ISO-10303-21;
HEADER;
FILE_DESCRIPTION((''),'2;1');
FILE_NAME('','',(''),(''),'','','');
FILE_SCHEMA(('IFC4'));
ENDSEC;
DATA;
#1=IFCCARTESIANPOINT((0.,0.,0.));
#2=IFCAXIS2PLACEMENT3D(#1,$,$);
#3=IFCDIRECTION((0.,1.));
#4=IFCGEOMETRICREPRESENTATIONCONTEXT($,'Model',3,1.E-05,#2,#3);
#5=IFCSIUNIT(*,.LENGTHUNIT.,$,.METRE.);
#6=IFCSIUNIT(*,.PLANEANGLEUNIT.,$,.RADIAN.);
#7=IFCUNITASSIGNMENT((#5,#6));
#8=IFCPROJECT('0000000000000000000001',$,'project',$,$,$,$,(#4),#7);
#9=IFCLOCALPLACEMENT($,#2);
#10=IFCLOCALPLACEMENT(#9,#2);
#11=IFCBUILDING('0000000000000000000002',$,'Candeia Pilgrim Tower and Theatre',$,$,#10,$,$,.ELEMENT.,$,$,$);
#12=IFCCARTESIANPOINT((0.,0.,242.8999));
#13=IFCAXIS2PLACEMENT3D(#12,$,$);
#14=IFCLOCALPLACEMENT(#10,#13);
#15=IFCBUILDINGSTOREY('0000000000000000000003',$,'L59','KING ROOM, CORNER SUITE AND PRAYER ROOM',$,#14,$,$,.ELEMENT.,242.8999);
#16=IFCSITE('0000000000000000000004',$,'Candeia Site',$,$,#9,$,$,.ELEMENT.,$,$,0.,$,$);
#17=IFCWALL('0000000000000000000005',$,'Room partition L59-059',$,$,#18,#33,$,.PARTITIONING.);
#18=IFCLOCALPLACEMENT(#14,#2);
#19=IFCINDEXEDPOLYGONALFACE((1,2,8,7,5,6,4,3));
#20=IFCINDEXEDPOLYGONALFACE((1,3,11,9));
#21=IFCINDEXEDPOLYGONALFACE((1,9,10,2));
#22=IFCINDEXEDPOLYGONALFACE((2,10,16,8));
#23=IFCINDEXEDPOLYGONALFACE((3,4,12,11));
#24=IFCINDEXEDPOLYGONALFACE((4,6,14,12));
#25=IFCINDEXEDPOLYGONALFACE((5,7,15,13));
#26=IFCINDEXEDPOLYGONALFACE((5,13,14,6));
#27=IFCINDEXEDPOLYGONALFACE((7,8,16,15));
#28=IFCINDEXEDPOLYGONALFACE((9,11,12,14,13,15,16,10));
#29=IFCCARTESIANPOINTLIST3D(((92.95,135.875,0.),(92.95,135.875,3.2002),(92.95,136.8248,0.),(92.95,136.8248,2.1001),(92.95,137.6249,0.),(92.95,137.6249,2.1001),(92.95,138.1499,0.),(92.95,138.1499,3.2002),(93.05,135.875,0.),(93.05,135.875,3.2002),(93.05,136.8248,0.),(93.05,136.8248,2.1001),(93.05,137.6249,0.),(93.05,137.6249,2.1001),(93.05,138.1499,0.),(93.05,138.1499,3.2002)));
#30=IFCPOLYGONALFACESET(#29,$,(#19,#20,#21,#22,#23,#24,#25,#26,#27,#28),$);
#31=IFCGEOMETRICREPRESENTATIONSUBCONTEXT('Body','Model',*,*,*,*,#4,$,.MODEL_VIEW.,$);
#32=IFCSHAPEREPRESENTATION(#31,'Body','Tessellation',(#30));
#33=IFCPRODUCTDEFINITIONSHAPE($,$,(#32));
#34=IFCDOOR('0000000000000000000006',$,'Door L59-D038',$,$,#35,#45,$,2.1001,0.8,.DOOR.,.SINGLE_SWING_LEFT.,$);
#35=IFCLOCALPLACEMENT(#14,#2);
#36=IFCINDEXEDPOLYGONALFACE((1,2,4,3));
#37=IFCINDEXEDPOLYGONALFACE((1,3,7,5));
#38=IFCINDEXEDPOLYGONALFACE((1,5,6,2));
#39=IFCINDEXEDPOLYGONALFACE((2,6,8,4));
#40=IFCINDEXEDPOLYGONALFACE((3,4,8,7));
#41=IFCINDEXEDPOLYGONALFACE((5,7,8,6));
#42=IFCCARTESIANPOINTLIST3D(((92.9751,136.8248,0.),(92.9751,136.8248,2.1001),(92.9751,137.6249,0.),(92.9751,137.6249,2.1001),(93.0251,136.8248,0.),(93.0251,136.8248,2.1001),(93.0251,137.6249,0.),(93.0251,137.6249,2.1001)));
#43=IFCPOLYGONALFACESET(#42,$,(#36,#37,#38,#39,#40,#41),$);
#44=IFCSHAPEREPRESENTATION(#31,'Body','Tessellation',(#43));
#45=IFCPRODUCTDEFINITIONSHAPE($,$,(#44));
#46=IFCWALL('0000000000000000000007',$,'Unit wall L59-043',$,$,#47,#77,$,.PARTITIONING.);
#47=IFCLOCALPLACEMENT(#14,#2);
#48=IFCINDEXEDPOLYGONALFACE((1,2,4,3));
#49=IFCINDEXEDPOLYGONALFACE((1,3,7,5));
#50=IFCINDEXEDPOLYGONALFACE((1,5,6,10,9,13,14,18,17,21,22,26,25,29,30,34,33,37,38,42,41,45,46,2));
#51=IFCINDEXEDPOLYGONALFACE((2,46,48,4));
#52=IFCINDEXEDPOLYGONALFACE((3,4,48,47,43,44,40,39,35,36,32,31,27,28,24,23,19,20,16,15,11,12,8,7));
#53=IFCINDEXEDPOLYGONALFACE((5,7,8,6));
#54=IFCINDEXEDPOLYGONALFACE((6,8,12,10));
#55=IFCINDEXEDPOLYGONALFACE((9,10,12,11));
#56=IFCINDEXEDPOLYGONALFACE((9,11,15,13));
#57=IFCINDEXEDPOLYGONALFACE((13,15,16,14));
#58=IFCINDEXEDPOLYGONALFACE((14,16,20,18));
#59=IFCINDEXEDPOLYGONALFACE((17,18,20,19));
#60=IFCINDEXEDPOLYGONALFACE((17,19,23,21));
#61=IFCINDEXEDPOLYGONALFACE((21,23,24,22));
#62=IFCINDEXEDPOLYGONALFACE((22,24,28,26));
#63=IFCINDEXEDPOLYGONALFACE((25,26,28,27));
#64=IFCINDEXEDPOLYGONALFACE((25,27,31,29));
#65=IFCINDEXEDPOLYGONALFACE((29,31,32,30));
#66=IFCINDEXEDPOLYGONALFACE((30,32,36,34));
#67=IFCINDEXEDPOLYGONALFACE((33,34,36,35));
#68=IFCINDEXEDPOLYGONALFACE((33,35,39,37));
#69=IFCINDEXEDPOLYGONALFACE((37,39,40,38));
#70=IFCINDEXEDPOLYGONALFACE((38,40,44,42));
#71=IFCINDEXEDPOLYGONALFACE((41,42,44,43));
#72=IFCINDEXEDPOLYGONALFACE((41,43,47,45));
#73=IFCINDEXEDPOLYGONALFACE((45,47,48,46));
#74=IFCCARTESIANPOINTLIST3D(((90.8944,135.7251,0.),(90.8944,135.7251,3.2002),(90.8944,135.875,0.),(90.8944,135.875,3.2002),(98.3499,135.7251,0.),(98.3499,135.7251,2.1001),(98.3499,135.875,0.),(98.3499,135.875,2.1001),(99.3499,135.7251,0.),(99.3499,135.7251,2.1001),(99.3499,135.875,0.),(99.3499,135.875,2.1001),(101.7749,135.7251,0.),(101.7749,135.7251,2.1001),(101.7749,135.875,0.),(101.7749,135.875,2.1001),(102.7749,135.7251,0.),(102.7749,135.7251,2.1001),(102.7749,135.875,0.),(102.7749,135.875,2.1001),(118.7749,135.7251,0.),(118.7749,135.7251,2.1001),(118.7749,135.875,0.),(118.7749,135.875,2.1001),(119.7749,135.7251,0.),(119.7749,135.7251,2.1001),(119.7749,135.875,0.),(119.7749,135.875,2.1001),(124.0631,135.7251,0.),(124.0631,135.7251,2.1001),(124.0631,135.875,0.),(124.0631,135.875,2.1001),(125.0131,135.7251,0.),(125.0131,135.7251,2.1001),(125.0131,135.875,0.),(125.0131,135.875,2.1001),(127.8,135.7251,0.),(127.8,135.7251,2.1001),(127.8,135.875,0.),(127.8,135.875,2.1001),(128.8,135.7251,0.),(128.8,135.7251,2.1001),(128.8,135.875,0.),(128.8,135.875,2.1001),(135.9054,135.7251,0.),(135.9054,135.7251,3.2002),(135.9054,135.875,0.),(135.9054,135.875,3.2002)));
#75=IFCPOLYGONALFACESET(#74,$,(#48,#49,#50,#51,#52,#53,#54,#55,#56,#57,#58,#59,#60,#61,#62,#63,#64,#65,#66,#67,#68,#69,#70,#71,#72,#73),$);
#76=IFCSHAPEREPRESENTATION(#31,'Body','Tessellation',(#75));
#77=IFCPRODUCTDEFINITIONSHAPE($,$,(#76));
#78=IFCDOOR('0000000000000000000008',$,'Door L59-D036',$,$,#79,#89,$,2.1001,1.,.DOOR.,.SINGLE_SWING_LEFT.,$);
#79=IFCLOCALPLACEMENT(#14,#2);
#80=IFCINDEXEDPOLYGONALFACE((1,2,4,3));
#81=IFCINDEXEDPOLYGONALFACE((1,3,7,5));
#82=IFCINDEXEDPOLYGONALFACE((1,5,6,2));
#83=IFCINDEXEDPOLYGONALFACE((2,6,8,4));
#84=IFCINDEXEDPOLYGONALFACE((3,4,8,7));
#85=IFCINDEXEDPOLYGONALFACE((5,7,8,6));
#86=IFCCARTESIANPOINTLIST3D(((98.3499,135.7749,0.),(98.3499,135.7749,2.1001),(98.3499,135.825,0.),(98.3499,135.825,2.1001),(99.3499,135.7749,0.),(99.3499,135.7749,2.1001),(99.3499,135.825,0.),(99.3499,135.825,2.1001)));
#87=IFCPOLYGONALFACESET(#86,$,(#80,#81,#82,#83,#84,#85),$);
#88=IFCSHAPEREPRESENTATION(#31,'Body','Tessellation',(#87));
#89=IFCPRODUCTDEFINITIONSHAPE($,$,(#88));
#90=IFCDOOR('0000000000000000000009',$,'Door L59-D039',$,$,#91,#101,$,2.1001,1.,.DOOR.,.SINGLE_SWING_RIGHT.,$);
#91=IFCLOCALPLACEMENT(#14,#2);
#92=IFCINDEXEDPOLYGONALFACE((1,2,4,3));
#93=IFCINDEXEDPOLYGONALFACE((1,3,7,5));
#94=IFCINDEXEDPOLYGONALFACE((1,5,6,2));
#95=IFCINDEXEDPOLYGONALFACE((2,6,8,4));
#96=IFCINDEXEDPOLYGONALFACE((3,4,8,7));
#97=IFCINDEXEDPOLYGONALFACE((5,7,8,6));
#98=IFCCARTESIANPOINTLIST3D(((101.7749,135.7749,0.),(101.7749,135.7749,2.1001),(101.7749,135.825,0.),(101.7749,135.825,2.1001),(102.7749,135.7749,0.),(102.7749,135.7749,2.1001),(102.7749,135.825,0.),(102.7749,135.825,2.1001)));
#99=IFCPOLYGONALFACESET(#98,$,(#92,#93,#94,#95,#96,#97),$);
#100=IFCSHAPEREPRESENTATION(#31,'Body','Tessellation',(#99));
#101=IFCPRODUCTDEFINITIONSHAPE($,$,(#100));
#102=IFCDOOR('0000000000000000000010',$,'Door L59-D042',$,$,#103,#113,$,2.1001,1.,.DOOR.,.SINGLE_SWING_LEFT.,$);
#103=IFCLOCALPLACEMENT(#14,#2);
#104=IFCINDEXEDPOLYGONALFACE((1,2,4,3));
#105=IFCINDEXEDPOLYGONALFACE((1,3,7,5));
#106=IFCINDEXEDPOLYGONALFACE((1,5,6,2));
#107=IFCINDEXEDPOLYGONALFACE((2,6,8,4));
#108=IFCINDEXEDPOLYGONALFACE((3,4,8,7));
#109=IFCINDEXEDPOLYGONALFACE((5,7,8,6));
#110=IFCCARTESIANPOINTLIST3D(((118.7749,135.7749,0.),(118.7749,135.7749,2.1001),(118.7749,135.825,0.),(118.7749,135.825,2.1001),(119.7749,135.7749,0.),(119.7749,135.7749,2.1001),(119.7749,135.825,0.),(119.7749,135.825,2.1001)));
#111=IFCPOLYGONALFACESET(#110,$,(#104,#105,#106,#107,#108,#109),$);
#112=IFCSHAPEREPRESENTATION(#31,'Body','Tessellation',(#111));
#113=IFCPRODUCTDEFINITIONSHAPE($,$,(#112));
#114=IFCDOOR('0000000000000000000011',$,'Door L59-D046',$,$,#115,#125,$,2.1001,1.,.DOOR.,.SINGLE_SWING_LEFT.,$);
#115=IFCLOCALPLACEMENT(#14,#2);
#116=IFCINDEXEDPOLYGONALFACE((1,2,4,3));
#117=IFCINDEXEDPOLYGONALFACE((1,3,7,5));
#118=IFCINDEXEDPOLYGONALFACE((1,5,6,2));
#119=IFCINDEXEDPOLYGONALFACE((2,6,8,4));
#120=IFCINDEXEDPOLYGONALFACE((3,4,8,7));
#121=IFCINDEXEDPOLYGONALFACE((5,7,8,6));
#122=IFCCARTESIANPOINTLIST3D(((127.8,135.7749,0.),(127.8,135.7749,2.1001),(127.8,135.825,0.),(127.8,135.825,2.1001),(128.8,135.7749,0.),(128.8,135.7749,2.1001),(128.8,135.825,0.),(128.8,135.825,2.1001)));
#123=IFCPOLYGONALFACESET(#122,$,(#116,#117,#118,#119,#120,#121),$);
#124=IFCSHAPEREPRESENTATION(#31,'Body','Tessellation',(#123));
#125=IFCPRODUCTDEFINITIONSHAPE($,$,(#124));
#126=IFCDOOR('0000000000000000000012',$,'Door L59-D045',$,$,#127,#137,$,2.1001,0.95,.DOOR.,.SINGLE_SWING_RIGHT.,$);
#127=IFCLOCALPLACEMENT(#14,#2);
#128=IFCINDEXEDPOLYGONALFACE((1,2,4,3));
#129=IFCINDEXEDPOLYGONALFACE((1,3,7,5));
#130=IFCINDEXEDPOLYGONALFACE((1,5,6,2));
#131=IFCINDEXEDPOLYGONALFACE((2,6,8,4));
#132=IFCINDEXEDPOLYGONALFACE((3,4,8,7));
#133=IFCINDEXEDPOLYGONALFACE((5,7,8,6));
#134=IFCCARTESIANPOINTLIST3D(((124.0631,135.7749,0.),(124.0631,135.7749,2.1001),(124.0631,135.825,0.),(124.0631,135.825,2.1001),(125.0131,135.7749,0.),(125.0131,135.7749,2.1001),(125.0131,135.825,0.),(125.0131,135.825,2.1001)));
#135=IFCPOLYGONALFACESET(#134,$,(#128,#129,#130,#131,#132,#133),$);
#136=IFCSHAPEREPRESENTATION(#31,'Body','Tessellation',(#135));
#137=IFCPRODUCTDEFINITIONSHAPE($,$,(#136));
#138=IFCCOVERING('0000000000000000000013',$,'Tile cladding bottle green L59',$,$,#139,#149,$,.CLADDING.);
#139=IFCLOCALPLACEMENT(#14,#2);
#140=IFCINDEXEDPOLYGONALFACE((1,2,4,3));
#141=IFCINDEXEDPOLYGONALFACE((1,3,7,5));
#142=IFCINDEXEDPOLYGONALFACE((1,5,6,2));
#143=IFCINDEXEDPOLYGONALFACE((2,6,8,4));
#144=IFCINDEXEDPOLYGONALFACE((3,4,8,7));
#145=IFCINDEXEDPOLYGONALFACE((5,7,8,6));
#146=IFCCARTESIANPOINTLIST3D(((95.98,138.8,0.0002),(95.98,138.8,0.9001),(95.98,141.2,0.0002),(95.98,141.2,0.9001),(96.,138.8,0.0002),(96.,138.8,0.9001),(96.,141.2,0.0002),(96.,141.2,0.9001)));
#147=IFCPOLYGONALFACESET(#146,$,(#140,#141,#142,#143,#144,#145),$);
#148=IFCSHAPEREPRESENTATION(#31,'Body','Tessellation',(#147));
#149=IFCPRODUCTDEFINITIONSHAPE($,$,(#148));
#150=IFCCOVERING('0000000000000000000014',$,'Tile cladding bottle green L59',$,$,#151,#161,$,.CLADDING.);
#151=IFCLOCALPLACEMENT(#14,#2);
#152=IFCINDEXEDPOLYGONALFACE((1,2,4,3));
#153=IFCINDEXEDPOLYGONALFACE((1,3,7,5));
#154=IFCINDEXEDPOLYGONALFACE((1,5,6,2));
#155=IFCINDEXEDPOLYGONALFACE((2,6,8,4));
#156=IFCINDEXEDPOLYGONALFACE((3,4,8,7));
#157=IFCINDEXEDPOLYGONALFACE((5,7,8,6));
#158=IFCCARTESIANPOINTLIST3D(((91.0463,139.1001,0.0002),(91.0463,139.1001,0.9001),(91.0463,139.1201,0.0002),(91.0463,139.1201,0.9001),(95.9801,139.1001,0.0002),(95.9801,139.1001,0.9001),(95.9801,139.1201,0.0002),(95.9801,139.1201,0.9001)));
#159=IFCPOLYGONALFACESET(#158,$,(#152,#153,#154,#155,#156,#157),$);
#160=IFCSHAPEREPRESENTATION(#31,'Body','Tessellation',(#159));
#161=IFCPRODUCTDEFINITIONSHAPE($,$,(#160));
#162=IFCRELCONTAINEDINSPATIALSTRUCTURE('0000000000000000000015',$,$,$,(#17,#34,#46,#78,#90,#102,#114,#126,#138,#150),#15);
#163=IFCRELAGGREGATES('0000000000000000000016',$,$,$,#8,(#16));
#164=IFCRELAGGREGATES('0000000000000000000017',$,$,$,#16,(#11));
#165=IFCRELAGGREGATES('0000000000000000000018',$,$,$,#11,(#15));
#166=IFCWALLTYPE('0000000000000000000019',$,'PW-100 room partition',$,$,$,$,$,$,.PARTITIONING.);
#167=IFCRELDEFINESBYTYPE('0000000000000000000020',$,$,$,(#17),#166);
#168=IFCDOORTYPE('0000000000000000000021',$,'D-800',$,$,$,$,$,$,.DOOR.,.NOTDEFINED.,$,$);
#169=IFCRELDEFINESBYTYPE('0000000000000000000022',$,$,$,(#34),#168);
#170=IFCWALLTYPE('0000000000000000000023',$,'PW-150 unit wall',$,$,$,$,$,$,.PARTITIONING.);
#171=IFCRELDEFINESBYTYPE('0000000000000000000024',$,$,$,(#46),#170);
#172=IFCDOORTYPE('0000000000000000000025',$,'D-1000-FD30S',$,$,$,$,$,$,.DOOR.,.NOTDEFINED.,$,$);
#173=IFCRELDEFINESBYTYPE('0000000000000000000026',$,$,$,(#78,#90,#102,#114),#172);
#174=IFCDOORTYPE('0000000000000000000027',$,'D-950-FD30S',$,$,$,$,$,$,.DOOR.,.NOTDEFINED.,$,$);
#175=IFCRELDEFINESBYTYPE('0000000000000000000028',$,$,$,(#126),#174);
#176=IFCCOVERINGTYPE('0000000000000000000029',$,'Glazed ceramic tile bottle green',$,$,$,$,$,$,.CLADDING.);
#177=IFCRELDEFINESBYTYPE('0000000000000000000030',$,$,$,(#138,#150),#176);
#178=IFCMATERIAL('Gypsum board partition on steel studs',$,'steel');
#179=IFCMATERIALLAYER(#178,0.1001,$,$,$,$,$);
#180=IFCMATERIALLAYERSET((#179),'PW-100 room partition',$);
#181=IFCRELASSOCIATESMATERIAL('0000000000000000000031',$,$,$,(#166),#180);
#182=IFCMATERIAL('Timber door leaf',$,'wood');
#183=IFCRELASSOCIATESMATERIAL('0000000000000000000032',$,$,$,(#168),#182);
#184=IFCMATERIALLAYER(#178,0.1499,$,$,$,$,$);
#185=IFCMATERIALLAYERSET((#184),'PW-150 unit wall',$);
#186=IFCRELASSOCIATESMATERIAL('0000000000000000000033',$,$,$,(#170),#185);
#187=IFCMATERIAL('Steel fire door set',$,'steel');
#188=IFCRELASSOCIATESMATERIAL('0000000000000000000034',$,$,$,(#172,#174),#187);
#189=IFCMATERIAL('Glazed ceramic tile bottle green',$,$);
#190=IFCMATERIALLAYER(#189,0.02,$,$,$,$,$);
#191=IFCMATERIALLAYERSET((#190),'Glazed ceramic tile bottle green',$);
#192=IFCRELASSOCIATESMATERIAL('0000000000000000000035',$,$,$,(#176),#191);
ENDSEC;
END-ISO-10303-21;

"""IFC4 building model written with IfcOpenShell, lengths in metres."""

from ifc_helpers import new_model, si_unit, direction, frame, frame_2d, origin, origin_2d, place, context, subcontext, project, spatial, rectangle, extrude, material, layer, layer_set, type_object, element, fill, save


model = new_model("IFC4")

# Units and contexts
model_context = context("Model", 3, precision=1e-05, world=origin(), true_north=direction((0.0, 1.0)))
body_context = subcontext(model_context, "Body", "Model", "MODEL_VIEW")
ifc_project = project(units=[si_unit("LENGTHUNIT", "METRE"), si_unit("PLANEANGLEUNIT", "RADIAN")], contexts=[model_context])

# Site, building, storey
site_placement = place(None, origin())
site = spatial("IfcSite", under=ifc_project, at=site_placement, Name="Candeia Site", CompositionType="ELEMENT", RefElevation=0.0)
building_placement = place(site_placement, origin())
building = spatial("IfcBuilding", under=site, at=building_placement, Name="Candeia Pilgrim Tower and Theatre", CompositionType="ELEMENT")
storey_placement = place(building_placement, frame((0.0, 0.0, 242.8999)))
storey = spatial("IfcBuildingStorey", under=building, at=storey_placement, Name="L59", Description="KING ROOM, CORNER SUITE AND PRAYER ROOM", CompositionType="ELEMENT", Elevation=242.8999)

# Shared definitions
ifc_material_1 = material(Name="Gypsum board partition on steel studs", Category="steel")
ifc_layer_1 = layer(ifc_material_1, 0.1001)
ifc_layer_set_1 = layer_set([ifc_layer_1], Name="PW-100 room partition")
wall_type_1 = type_object("IfcWallType", Name="PW-100 room partition", PredefinedType="PARTITIONING", material=ifc_layer_set_1)

# Wall, opening, door
wall_1_placement = place(storey_placement, frame((93.0, 135.875, 0.0), z_axis=(0.0, 0.0, 1.0), x_axis=(0.0, 1.0, 0.0)))
wall_1 = element("IfcWall", 1, at=wall_1_placement, inside=storey, type_object=wall_type_1, Name="Room partition L59-059", PredefinedType="PARTITIONING", context=body_context, shape_type="SweptSolid", body=[
    extrude(rectangle(XDim=2.2749, YDim=0.1001, at=frame_2d((1.1375, 0.0))), origin(), (0.0, 0.0, 1.0), 3.2002),
])
opening_1_placement = place(wall_1_placement, frame((0.95, 0.0, 0.0)))
opening_1 = element("IfcOpeningElement", 2, at=opening_1_placement, cuts=wall_1, PredefinedType="OPENING", context=body_context, shape_type="SweptSolid", body=[
    extrude(rectangle(XDim=0.8, YDim=2.1001, at=frame_2d((0.3999, 1.05))), frame((0.0, 0.0601, 0.0), z_axis=(0.0, -1.0, 0.0), x_axis=(1.0, 0.0, 0.0)), (0.0, 0.0, 1.0), 0.1201),
])
ifc_material_2 = material(Name="Timber door leaf", Category="wood")
door_type_1 = type_object("IfcDoorType", Name="D-800", OperationType="NOTDEFINED", PredefinedType="DOOR", material=ifc_material_2)
door_1_placement = place(opening_1_placement, origin())
door_1 = element("IfcDoor", 3, at=door_1_placement, inside=storey, type_object=door_type_1, Name="Door L59-D038", OperationType="SINGLE_SWING_LEFT", OverallHeight=2.1001, OverallWidth=0.8, PredefinedType="DOOR", context=body_context, shape_type="SweptSolid", body=[
    extrude(rectangle(XDim=0.8, YDim=2.1001, at=frame_2d((0.3999, 1.05))), frame((0.0, 0.0249, 0.0), z_axis=(0.0, -1.0, 0.0), x_axis=(1.0, 0.0, 0.0)), (0.0, 0.0, 1.0), 0.05),
])
fill(opening_1, door_1)

# Wall, openings, doors
ifc_layer_2 = layer(ifc_material_1, 0.1499)
ifc_layer_set_2 = layer_set([ifc_layer_2], Name="PW-150 unit wall")
wall_type_2 = type_object("IfcWallType", Name="PW-150 unit wall", PredefinedType="PARTITIONING", material=ifc_layer_set_2)
wall_2_placement = place(storey_placement, frame((90.8945, 135.8, 0.0), z_axis=(0.0, 0.0, 1.0), x_axis=(1.0, 0.0, 0.0)))
wall_2 = element("IfcWall", 4, at=wall_2_placement, inside=storey, type_object=wall_type_2, Name="Unit wall L59-043", PredefinedType="PARTITIONING", context=body_context, shape_type="SweptSolid", body=[
    extrude(rectangle(XDim=45.011, YDim=0.1499, at=frame_2d((22.5054, 0.0))), origin(), (0.0, 0.0, 1.0), 3.2002),
])
opening_2_placement = place(wall_2_placement, frame((7.4553, 0.0, 0.0)))
opening_2 = element("IfcOpeningElement", 5, at=opening_2_placement, cuts=wall_2, PredefinedType="OPENING", context=body_context, shape_type="SweptSolid", body=[
    extrude(rectangle(XDim=1.0, YDim=2.1001, at=frame_2d((0.5, 1.05))), frame((0.0, 0.085, 0.0), z_axis=(0.0, -1.0, 0.0), x_axis=(1.0, 0.0, 0.0)), (0.0, 0.0, 1.0), 0.1699),
])
opening_3_placement = place(wall_2_placement, frame((10.8804, 0.0, 0.0)))
opening_3 = element("IfcOpeningElement", 6, at=opening_3_placement, cuts=wall_2, PredefinedType="OPENING", context=body_context, shape_type="SweptSolid", body=[
    extrude(rectangle(XDim=1.0, YDim=2.1001, at=frame_2d((0.5, 1.05))), frame((0.0, 0.085, 0.0), z_axis=(0.0, -1.0, 0.0), x_axis=(1.0, 0.0, 0.0)), (0.0, 0.0, 1.0), 0.1699),
])
opening_4_placement = place(wall_2_placement, frame((27.8804, 0.0, 0.0)))
opening_4 = element("IfcOpeningElement", 7, at=opening_4_placement, cuts=wall_2, PredefinedType="OPENING", context=body_context, shape_type="SweptSolid", body=[
    extrude(rectangle(XDim=1.0, YDim=2.1001, at=frame_2d((0.5, 1.05))), frame((0.0, 0.085, 0.0), z_axis=(0.0, -1.0, 0.0), x_axis=(1.0, 0.0, 0.0)), (0.0, 0.0, 1.0), 0.1699),
])
opening_5_placement = place(wall_2_placement, frame((33.1685, 0.0, 0.0)))
opening_5 = element("IfcOpeningElement", 8, at=opening_5_placement, cuts=wall_2, PredefinedType="OPENING", context=body_context, shape_type="SweptSolid", body=[
    extrude(rectangle(XDim=0.95, YDim=2.1001, at=frame_2d((0.4751, 1.05))), frame((0.0, 0.085, 0.0), z_axis=(0.0, -1.0, 0.0), x_axis=(1.0, 0.0, 0.0)), (0.0, 0.0, 1.0), 0.1699),
])
opening_6_placement = place(wall_2_placement, frame((36.9055, 0.0, 0.0)))
opening_6 = element("IfcOpeningElement", 9, at=opening_6_placement, cuts=wall_2, PredefinedType="OPENING", context=body_context, shape_type="SweptSolid", body=[
    extrude(rectangle(XDim=1.0, YDim=2.1001, at=frame_2d((0.5, 1.05))), frame((0.0, 0.085, 0.0), z_axis=(0.0, -1.0, 0.0), x_axis=(1.0, 0.0, 0.0)), (0.0, 0.0, 1.0), 0.1699),
])
ifc_material_3 = material(Name="Steel fire door set", Category="steel")
door_type_2 = type_object("IfcDoorType", Name="D-1000-FD30S", OperationType="NOTDEFINED", PredefinedType="DOOR", material=ifc_material_3)
door_2_placement = place(opening_2_placement, origin())
door_2 = element("IfcDoor", 10, at=door_2_placement, inside=storey, type_object=door_type_2, Name="Door L59-D036", OperationType="SINGLE_SWING_LEFT", OverallHeight=2.1001, OverallWidth=1.0, PredefinedType="DOOR", context=body_context, shape_type="SweptSolid", body=[
    extrude(rectangle(XDim=1.0, YDim=2.1001, at=frame_2d((0.5, 1.05))), frame((0.0, 0.0249, 0.0), z_axis=(0.0, -1.0, 0.0), x_axis=(1.0, 0.0, 0.0)), (0.0, 0.0, 1.0), 0.05),
])
fill(opening_2, door_2)
door_3_placement = place(opening_3_placement, origin())
door_3 = element("IfcDoor", 11, at=door_3_placement, inside=storey, type_object=door_type_2, Name="Door L59-D039", OperationType="SINGLE_SWING_RIGHT", OverallHeight=2.1001, OverallWidth=1.0, PredefinedType="DOOR", context=body_context, shape_type="SweptSolid", body=[
    extrude(rectangle(XDim=1.0, YDim=2.1001, at=frame_2d((0.5, 1.05))), frame((0.0, 0.0249, 0.0), z_axis=(0.0, -1.0, 0.0), x_axis=(1.0, 0.0, 0.0)), (0.0, 0.0, 1.0), 0.05),
])
fill(opening_3, door_3)
door_4_placement = place(opening_4_placement, origin())
door_4 = element("IfcDoor", 12, at=door_4_placement, inside=storey, type_object=door_type_2, Name="Door L59-D042", OperationType="SINGLE_SWING_LEFT", OverallHeight=2.1001, OverallWidth=1.0, PredefinedType="DOOR", context=body_context, shape_type="SweptSolid", body=[
    extrude(rectangle(XDim=1.0, YDim=2.1001, at=frame_2d((0.5, 1.05))), frame((0.0, 0.0249, 0.0), z_axis=(0.0, -1.0, 0.0), x_axis=(1.0, 0.0, 0.0)), (0.0, 0.0, 1.0), 0.05),
])
fill(opening_4, door_4)
door_5_placement = place(opening_6_placement, origin())
door_5 = element("IfcDoor", 13, at=door_5_placement, inside=storey, type_object=door_type_2, Name="Door L59-D046", OperationType="SINGLE_SWING_LEFT", OverallHeight=2.1001, OverallWidth=1.0, PredefinedType="DOOR", context=body_context, shape_type="SweptSolid", body=[
    extrude(rectangle(XDim=1.0, YDim=2.1001, at=frame_2d((0.5, 1.05))), frame((0.0, 0.0249, 0.0), z_axis=(0.0, -1.0, 0.0), x_axis=(1.0, 0.0, 0.0)), (0.0, 0.0, 1.0), 0.05),
])
fill(opening_6, door_5)
door_type_3 = type_object("IfcDoorType", Name="D-950-FD30S", OperationType="NOTDEFINED", PredefinedType="DOOR", material=ifc_material_3)
door_6_placement = place(opening_5_placement, origin())
door_6 = element("IfcDoor", 14, at=door_6_placement, inside=storey, type_object=door_type_3, Name="Door L59-D045", OperationType="SINGLE_SWING_RIGHT", OverallHeight=2.1001, OverallWidth=0.95, PredefinedType="DOOR", context=body_context, shape_type="SweptSolid", body=[
    extrude(rectangle(XDim=0.95, YDim=2.1001, at=frame_2d((0.4751, 1.05))), frame((0.0, 0.0249, 0.0), z_axis=(0.0, -1.0, 0.0), x_axis=(1.0, 0.0, 0.0)), (0.0, 0.0, 1.0), 0.05),
])
fill(opening_5, door_6)

# Coverings
ifc_material_4 = material(Name="Glazed ceramic tile bottle green")
ifc_layer_3 = layer(ifc_material_4, 0.02)
ifc_layer_set_3 = layer_set([ifc_layer_3], Name="Glazed ceramic tile bottle green")
covering_type_1 = type_object("IfcCoveringType", Name="Glazed ceramic tile bottle green", PredefinedType="CLADDING", material=ifc_layer_set_3)
covering_1_placement = place(storey_placement, frame((95.99, 140.0, 0.0002), z_axis=(0.0, 0.0, 1.0), x_axis=(0.0, -1.0, 0.0)))
element("IfcCovering", 15, at=covering_1_placement, inside=storey, type_object=covering_type_1, Name="Tile cladding bottle green L59", PredefinedType="CLADDING", context=body_context, shape_type="SweptSolid", body=[
    extrude(rectangle(XDim=2.3999, YDim=0.02, at=origin_2d()), origin(), (0.0, 0.0, 1.0), 0.8999),
])
covering_2_placement = place(storey_placement, frame((93.5132, 139.1101, 0.0002), z_axis=(0.0, 0.0, 1.0), x_axis=(-1.0, 0.0, 0.0)))
element("IfcCovering", 16, at=covering_2_placement, inside=storey, type_object=covering_type_1, Name="Tile cladding bottle green L59", PredefinedType="CLADDING", context=body_context, shape_type="SweptSolid", body=[
    extrude(rectangle(XDim=4.9338, YDim=0.02, at=origin_2d()), origin(), (0.0, 0.0, 1.0), 0.8999),
])

save(model, "model.ifc")
